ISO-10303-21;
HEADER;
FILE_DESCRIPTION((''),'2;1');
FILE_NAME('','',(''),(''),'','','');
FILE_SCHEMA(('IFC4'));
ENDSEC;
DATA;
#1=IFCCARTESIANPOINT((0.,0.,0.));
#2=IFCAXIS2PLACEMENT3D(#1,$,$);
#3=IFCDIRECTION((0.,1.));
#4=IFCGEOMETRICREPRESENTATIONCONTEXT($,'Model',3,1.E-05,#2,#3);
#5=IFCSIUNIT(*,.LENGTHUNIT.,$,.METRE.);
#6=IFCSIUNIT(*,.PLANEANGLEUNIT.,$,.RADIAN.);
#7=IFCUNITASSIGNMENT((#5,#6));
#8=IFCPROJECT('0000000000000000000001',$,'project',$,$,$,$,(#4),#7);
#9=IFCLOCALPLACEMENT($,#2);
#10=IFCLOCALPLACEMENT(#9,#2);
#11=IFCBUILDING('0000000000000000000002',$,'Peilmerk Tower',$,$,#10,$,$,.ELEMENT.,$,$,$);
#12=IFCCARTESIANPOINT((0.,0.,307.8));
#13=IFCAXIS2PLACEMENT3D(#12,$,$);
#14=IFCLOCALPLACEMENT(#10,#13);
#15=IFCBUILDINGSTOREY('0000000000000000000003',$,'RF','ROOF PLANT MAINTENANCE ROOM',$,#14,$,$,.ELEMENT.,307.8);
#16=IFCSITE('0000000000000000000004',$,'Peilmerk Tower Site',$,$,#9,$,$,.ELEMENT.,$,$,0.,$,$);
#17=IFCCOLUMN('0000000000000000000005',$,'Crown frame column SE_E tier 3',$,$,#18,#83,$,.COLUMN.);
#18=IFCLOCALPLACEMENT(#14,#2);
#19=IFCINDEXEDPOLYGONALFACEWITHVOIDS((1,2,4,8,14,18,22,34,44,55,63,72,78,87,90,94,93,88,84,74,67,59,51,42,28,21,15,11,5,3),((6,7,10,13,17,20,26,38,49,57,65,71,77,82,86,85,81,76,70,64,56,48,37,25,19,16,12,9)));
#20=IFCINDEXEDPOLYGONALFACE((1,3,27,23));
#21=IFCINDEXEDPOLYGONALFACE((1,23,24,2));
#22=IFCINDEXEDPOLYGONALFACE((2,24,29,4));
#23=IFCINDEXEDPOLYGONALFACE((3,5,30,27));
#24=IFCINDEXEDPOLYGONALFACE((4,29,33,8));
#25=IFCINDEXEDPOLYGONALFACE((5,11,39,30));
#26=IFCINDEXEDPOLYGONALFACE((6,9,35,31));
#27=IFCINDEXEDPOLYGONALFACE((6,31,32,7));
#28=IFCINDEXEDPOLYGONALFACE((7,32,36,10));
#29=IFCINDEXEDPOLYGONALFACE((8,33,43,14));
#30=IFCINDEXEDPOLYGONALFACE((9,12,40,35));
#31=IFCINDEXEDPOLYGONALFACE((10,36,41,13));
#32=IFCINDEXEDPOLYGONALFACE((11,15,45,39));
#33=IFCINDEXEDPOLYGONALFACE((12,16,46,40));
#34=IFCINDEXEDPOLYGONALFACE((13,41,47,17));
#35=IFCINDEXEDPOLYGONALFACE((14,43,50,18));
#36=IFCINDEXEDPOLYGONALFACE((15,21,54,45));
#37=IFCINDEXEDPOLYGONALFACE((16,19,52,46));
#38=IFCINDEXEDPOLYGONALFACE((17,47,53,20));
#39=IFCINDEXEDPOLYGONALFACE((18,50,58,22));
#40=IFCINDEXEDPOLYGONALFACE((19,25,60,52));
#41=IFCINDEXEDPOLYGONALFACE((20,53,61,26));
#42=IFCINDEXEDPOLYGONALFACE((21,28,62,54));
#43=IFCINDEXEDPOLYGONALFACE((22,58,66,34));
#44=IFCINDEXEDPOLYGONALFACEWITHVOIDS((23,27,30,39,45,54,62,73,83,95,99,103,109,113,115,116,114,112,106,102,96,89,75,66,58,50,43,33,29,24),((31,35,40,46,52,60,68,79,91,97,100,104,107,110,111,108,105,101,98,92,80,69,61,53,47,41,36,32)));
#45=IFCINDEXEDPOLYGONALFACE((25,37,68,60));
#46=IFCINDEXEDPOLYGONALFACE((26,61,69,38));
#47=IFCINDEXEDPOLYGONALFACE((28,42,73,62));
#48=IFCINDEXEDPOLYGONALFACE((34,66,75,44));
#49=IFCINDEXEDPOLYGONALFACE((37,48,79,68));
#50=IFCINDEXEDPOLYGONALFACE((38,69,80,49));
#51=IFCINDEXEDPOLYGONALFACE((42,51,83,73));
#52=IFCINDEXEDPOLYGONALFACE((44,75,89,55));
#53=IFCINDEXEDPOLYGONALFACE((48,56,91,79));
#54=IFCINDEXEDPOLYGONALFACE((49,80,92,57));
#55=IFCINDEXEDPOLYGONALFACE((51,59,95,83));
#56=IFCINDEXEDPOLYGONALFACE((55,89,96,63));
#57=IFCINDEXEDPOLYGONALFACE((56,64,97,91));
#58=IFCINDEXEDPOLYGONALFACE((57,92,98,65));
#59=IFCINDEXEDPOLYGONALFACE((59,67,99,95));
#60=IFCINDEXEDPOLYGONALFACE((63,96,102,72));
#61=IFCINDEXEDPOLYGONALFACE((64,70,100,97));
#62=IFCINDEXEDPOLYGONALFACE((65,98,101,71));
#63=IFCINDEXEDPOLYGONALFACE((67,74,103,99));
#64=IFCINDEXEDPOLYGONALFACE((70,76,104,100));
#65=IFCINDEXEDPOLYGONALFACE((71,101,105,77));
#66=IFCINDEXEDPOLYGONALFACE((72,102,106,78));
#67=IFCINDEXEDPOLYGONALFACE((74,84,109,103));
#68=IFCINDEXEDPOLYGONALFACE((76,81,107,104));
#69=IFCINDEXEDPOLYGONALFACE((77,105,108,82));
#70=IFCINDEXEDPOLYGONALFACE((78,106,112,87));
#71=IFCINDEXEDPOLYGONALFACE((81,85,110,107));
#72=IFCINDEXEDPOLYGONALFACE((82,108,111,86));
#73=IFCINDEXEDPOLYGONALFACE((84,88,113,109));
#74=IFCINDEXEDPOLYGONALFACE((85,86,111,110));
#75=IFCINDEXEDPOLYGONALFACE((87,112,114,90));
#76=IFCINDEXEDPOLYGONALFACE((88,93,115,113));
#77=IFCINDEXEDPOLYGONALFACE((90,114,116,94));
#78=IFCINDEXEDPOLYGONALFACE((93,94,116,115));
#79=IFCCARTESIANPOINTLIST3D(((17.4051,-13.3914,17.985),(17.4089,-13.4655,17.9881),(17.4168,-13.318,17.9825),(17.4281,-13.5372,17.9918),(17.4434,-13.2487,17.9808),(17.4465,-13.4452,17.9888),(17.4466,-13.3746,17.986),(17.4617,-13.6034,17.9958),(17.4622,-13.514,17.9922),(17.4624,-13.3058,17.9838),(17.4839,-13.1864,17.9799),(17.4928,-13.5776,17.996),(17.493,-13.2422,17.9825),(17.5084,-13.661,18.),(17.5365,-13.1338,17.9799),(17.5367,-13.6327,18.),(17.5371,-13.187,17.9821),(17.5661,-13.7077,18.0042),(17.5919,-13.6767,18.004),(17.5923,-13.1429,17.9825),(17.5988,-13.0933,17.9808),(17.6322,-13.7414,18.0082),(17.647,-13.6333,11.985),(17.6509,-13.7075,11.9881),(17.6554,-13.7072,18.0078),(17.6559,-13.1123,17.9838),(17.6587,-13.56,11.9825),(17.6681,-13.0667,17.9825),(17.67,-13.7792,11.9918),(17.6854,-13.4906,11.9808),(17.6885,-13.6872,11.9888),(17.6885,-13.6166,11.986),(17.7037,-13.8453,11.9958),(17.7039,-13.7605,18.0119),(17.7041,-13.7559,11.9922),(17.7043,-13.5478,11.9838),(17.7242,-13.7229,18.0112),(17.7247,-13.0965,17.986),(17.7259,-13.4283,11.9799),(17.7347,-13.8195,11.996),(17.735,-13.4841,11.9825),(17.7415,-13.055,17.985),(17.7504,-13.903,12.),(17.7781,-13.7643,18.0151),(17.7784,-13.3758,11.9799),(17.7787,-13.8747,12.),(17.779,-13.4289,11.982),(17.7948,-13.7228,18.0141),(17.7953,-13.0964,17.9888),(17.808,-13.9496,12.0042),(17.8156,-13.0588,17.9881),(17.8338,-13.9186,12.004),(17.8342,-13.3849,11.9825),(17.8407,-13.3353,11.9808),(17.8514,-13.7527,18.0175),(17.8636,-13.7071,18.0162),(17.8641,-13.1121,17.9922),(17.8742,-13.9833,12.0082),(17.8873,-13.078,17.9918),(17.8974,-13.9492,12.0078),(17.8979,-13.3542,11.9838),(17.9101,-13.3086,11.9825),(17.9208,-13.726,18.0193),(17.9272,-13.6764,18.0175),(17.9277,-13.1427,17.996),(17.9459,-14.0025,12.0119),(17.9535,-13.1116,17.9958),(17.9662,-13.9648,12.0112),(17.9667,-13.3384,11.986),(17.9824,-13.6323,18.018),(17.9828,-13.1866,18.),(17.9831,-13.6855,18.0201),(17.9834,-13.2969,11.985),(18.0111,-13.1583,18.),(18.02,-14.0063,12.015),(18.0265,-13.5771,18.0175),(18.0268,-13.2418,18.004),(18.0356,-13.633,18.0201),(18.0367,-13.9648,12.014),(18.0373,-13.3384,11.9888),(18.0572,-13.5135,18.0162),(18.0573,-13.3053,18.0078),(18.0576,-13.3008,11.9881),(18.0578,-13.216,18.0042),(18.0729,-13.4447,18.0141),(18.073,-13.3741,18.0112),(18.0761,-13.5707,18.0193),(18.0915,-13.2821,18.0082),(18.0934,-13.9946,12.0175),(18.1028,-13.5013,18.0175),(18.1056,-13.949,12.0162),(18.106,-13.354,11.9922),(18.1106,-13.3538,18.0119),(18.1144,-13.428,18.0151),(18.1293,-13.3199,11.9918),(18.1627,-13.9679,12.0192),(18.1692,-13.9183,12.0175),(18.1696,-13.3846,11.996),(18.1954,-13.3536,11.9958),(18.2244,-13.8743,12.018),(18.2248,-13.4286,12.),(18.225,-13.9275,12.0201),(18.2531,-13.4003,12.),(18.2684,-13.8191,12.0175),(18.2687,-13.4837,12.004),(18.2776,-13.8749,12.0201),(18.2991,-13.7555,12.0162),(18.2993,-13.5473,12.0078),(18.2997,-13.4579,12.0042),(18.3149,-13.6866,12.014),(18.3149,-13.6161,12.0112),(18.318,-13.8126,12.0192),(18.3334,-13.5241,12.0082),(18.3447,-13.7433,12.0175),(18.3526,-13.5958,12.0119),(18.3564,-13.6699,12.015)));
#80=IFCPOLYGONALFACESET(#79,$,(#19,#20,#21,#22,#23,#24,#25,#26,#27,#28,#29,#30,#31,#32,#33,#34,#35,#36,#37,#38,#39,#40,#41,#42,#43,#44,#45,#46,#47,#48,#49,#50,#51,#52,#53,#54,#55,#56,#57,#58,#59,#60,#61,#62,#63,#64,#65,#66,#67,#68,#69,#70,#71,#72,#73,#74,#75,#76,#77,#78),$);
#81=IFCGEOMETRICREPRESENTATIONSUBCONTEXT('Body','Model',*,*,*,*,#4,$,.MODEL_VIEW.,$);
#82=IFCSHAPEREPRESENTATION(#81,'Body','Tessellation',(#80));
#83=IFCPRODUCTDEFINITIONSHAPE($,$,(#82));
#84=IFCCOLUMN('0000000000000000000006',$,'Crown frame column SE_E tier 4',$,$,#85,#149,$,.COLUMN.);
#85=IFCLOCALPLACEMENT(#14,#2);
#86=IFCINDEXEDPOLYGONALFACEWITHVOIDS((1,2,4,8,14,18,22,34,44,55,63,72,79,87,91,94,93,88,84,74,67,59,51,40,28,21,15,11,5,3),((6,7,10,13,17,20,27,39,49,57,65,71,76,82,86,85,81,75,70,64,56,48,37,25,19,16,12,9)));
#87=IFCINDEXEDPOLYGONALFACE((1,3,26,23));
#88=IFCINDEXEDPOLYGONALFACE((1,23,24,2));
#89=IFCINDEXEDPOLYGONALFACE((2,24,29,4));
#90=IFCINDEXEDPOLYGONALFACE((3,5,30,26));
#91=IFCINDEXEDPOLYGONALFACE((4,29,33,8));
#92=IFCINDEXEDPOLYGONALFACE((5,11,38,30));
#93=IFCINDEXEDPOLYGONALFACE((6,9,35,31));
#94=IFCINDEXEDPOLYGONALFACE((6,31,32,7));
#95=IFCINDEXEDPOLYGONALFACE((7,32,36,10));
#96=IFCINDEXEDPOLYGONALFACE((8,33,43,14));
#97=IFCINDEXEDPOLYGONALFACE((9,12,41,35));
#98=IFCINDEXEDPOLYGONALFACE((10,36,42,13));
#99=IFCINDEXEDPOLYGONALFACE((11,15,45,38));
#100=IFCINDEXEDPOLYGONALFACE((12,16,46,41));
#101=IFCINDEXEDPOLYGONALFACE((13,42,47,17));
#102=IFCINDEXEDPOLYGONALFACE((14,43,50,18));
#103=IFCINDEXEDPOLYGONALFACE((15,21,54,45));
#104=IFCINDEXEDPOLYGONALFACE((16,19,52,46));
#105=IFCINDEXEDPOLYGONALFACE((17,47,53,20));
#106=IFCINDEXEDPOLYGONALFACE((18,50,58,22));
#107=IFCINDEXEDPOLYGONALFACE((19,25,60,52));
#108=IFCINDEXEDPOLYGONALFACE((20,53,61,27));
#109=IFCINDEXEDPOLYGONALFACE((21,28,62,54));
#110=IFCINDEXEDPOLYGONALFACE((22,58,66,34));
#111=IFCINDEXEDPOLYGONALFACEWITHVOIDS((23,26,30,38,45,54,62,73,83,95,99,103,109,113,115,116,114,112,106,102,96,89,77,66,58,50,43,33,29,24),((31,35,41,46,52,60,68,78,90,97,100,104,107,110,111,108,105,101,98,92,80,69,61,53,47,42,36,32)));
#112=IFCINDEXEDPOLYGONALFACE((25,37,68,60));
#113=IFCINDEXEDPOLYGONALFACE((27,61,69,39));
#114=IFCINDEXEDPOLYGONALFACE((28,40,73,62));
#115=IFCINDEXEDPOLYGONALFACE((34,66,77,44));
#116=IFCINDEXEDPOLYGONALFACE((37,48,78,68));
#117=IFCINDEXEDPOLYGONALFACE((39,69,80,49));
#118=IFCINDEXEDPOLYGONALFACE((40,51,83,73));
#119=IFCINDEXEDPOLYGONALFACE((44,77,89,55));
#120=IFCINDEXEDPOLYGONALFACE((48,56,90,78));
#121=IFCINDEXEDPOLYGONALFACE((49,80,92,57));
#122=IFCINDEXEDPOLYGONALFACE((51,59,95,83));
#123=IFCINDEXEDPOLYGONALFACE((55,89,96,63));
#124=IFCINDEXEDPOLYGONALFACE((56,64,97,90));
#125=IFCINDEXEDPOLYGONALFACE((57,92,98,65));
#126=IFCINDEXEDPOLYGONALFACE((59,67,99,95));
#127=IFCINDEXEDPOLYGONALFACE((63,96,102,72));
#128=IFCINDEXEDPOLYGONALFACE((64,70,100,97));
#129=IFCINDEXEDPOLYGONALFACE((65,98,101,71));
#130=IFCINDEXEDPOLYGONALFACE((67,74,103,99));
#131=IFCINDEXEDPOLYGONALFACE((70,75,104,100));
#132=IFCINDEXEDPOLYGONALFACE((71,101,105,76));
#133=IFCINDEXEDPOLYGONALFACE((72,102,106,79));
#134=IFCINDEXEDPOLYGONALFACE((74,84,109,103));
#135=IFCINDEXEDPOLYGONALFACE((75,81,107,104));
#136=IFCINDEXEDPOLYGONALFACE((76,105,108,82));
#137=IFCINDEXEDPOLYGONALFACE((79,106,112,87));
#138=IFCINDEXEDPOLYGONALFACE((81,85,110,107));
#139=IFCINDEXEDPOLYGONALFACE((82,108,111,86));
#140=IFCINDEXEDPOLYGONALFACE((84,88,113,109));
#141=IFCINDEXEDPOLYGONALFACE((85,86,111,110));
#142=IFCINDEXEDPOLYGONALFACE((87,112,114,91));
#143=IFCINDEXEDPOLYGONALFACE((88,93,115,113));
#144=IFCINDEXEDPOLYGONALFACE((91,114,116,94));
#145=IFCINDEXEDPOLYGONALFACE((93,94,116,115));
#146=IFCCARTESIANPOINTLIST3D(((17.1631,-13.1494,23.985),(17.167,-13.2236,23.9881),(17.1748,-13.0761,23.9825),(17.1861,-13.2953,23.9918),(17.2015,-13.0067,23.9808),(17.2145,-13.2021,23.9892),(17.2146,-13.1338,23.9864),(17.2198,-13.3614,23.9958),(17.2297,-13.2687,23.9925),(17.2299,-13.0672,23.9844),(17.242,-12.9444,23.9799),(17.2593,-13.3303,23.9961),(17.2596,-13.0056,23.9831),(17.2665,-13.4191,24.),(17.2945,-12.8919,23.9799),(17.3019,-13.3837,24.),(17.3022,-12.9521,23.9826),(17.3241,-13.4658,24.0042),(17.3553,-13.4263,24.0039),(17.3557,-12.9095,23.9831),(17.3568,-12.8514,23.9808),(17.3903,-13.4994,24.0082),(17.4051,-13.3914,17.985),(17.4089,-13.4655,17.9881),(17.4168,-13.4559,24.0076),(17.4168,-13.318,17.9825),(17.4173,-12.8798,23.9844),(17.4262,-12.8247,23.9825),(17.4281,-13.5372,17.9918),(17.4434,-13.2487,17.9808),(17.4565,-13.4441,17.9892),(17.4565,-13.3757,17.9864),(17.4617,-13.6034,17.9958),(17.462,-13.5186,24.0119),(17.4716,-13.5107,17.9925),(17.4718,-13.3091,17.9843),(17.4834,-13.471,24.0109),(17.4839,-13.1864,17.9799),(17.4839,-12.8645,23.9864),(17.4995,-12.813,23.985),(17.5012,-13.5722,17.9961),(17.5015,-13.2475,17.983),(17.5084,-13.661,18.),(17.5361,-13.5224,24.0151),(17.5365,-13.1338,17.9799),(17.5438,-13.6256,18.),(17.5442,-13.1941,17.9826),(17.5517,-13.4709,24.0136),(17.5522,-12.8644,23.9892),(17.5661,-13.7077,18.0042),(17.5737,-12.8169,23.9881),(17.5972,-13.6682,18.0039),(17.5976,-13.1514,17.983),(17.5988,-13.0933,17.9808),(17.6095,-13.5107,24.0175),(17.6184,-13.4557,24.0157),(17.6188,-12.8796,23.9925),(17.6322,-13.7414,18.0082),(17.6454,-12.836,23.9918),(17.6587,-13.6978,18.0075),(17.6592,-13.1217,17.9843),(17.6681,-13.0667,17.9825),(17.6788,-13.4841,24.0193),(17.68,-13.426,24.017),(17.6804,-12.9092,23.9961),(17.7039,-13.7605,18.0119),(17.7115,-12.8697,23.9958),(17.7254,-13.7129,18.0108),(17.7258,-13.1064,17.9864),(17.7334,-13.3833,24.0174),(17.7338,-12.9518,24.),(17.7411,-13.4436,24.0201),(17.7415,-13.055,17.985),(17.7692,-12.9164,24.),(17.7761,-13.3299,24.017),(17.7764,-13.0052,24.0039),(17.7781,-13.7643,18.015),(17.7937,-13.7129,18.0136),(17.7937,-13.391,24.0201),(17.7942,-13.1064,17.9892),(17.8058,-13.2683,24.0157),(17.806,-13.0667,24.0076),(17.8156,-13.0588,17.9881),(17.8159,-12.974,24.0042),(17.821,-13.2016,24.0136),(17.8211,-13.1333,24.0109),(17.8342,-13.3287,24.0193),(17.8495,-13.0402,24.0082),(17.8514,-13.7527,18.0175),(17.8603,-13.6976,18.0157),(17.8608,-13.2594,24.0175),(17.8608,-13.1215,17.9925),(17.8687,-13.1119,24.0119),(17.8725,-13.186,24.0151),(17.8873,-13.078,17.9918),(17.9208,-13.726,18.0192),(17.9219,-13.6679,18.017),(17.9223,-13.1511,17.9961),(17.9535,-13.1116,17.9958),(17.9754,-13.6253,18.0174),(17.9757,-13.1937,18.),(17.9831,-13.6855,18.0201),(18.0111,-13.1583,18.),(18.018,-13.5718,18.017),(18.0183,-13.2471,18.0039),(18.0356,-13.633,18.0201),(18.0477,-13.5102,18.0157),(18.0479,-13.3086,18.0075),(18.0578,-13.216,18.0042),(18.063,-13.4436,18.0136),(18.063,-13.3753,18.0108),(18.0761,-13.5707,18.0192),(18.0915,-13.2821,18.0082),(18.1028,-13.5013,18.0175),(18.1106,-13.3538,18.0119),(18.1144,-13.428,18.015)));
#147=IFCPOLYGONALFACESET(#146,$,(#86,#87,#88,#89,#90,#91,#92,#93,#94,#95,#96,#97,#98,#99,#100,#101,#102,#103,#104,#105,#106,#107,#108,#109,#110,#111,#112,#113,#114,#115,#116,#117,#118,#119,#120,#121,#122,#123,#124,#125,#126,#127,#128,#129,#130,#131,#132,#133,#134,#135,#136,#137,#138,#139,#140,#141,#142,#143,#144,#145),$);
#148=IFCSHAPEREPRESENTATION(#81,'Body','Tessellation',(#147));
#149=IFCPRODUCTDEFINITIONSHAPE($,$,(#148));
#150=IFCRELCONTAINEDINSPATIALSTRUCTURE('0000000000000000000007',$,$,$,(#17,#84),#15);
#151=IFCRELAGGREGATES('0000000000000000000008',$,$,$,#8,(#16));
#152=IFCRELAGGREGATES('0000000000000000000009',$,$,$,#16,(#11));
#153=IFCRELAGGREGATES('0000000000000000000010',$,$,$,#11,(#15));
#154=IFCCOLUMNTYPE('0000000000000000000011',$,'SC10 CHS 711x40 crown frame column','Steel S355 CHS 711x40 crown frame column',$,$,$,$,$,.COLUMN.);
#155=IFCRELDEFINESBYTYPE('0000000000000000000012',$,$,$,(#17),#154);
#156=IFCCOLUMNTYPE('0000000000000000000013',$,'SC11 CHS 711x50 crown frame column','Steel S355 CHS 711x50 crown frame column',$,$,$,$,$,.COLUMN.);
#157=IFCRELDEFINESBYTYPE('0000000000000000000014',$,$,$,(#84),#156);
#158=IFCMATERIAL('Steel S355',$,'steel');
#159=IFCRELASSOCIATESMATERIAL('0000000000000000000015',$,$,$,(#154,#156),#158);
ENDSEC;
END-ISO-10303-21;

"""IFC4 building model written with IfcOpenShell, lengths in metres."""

from ifc_helpers import new_model, si_unit, direction, frame, origin, origin_2d, place, context, subcontext, project, spatial, hollow_circle, extrude, material, material_profile, profile_set, type_object, element, save


model = new_model("IFC4")

# Units and contexts
model_context = context("Model", 3, precision=1e-05, world=origin(), true_north=direction((0.0, 1.0)))
body_context = subcontext(model_context, "Body", "Model", "MODEL_VIEW")
ifc_project = project(units=[si_unit("LENGTHUNIT", "METRE"), si_unit("PLANEANGLEUNIT", "RADIAN")], contexts=[model_context])

# Site, building, storey
site_placement = place(None, origin())
site = spatial("IfcSite", under=ifc_project, at=site_placement, Name="Peilmerk Tower Site", CompositionType="ELEMENT", RefElevation=0.0)
building_placement = place(site_placement, origin())
building = spatial("IfcBuilding", under=site, at=building_placement, Name="Peilmerk Tower", CompositionType="ELEMENT")
storey_placement = place(building_placement, frame((0.0, 0.0, 307.8)))
storey = spatial("IfcBuildingStorey", under=building, at=storey_placement, Name="RF", Description="ROOF PLANT MAINTENANCE ROOM", CompositionType="ELEMENT", Elevation=307.8)

# Columns
ifc_material_1 = material(Name="Steel S355", Category="steel")
ifc_material_profile_1 = material_profile(ifc_material_1, hollow_circle(Radius=0.3555, WallThickness=0.04, at=origin_2d()), Name="CHS 711x40")
ifc_profile_set_1 = profile_set([ifc_material_profile_1], Name="Steel S355")
column_type_1 = type_object("IfcColumnType", Name="SC10 CHS 711x40 crown frame column", Description="Steel S355 CHS 711x40 crown frame column", PredefinedType="COLUMN", material=ifc_profile_set_1)
column_1_placement = place(storey_placement, frame((18.0017, -13.6516, 12.0), z_axis=(-0.040258, 0.040258, 0.998378), x_axis=(-0.707107, -0.707107, 0.0)))
element("IfcColumn", 1, at=column_1_placement, inside=storey, type_object=column_type_1, Name="Crown frame column SE_E tier 3", PredefinedType="COLUMN", context=body_context, shape_type="SweptSolid", body=[
    extrude(hollow_circle(Radius=0.3555, WallThickness=0.04, at=origin_2d()), origin(), (0.0, 0.0, 1.0), 6.0098),
])
ifc_material_profile_2 = material_profile(ifc_material_1, hollow_circle(Radius=0.3555, WallThickness=0.05, at=origin_2d()), Name="CHS 711x50")
ifc_profile_set_2 = profile_set([ifc_material_profile_2], Name="Steel S355")
column_type_2 = type_object("IfcColumnType", Name="SC11 CHS 711x50 crown frame column", Description="Steel S355 CHS 711x50 crown frame column", PredefinedType="COLUMN", material=ifc_profile_set_2)
column_2_placement = place(storey_placement, frame((17.7598, -13.4097, 18.0), z_axis=(-0.040258, 0.040258, 0.998378), x_axis=(-0.707107, -0.707107, 0.0)))
element("IfcColumn", 2, at=column_2_placement, inside=storey, type_object=column_type_2, Name="Crown frame column SE_E tier 4", PredefinedType="COLUMN", context=body_context, shape_type="SweptSolid", body=[
    extrude(hollow_circle(Radius=0.3555, WallThickness=0.05, at=origin_2d()), origin(), (0.0, 0.0, 1.0), 6.0098),
])

save(model, "model.ifc")
